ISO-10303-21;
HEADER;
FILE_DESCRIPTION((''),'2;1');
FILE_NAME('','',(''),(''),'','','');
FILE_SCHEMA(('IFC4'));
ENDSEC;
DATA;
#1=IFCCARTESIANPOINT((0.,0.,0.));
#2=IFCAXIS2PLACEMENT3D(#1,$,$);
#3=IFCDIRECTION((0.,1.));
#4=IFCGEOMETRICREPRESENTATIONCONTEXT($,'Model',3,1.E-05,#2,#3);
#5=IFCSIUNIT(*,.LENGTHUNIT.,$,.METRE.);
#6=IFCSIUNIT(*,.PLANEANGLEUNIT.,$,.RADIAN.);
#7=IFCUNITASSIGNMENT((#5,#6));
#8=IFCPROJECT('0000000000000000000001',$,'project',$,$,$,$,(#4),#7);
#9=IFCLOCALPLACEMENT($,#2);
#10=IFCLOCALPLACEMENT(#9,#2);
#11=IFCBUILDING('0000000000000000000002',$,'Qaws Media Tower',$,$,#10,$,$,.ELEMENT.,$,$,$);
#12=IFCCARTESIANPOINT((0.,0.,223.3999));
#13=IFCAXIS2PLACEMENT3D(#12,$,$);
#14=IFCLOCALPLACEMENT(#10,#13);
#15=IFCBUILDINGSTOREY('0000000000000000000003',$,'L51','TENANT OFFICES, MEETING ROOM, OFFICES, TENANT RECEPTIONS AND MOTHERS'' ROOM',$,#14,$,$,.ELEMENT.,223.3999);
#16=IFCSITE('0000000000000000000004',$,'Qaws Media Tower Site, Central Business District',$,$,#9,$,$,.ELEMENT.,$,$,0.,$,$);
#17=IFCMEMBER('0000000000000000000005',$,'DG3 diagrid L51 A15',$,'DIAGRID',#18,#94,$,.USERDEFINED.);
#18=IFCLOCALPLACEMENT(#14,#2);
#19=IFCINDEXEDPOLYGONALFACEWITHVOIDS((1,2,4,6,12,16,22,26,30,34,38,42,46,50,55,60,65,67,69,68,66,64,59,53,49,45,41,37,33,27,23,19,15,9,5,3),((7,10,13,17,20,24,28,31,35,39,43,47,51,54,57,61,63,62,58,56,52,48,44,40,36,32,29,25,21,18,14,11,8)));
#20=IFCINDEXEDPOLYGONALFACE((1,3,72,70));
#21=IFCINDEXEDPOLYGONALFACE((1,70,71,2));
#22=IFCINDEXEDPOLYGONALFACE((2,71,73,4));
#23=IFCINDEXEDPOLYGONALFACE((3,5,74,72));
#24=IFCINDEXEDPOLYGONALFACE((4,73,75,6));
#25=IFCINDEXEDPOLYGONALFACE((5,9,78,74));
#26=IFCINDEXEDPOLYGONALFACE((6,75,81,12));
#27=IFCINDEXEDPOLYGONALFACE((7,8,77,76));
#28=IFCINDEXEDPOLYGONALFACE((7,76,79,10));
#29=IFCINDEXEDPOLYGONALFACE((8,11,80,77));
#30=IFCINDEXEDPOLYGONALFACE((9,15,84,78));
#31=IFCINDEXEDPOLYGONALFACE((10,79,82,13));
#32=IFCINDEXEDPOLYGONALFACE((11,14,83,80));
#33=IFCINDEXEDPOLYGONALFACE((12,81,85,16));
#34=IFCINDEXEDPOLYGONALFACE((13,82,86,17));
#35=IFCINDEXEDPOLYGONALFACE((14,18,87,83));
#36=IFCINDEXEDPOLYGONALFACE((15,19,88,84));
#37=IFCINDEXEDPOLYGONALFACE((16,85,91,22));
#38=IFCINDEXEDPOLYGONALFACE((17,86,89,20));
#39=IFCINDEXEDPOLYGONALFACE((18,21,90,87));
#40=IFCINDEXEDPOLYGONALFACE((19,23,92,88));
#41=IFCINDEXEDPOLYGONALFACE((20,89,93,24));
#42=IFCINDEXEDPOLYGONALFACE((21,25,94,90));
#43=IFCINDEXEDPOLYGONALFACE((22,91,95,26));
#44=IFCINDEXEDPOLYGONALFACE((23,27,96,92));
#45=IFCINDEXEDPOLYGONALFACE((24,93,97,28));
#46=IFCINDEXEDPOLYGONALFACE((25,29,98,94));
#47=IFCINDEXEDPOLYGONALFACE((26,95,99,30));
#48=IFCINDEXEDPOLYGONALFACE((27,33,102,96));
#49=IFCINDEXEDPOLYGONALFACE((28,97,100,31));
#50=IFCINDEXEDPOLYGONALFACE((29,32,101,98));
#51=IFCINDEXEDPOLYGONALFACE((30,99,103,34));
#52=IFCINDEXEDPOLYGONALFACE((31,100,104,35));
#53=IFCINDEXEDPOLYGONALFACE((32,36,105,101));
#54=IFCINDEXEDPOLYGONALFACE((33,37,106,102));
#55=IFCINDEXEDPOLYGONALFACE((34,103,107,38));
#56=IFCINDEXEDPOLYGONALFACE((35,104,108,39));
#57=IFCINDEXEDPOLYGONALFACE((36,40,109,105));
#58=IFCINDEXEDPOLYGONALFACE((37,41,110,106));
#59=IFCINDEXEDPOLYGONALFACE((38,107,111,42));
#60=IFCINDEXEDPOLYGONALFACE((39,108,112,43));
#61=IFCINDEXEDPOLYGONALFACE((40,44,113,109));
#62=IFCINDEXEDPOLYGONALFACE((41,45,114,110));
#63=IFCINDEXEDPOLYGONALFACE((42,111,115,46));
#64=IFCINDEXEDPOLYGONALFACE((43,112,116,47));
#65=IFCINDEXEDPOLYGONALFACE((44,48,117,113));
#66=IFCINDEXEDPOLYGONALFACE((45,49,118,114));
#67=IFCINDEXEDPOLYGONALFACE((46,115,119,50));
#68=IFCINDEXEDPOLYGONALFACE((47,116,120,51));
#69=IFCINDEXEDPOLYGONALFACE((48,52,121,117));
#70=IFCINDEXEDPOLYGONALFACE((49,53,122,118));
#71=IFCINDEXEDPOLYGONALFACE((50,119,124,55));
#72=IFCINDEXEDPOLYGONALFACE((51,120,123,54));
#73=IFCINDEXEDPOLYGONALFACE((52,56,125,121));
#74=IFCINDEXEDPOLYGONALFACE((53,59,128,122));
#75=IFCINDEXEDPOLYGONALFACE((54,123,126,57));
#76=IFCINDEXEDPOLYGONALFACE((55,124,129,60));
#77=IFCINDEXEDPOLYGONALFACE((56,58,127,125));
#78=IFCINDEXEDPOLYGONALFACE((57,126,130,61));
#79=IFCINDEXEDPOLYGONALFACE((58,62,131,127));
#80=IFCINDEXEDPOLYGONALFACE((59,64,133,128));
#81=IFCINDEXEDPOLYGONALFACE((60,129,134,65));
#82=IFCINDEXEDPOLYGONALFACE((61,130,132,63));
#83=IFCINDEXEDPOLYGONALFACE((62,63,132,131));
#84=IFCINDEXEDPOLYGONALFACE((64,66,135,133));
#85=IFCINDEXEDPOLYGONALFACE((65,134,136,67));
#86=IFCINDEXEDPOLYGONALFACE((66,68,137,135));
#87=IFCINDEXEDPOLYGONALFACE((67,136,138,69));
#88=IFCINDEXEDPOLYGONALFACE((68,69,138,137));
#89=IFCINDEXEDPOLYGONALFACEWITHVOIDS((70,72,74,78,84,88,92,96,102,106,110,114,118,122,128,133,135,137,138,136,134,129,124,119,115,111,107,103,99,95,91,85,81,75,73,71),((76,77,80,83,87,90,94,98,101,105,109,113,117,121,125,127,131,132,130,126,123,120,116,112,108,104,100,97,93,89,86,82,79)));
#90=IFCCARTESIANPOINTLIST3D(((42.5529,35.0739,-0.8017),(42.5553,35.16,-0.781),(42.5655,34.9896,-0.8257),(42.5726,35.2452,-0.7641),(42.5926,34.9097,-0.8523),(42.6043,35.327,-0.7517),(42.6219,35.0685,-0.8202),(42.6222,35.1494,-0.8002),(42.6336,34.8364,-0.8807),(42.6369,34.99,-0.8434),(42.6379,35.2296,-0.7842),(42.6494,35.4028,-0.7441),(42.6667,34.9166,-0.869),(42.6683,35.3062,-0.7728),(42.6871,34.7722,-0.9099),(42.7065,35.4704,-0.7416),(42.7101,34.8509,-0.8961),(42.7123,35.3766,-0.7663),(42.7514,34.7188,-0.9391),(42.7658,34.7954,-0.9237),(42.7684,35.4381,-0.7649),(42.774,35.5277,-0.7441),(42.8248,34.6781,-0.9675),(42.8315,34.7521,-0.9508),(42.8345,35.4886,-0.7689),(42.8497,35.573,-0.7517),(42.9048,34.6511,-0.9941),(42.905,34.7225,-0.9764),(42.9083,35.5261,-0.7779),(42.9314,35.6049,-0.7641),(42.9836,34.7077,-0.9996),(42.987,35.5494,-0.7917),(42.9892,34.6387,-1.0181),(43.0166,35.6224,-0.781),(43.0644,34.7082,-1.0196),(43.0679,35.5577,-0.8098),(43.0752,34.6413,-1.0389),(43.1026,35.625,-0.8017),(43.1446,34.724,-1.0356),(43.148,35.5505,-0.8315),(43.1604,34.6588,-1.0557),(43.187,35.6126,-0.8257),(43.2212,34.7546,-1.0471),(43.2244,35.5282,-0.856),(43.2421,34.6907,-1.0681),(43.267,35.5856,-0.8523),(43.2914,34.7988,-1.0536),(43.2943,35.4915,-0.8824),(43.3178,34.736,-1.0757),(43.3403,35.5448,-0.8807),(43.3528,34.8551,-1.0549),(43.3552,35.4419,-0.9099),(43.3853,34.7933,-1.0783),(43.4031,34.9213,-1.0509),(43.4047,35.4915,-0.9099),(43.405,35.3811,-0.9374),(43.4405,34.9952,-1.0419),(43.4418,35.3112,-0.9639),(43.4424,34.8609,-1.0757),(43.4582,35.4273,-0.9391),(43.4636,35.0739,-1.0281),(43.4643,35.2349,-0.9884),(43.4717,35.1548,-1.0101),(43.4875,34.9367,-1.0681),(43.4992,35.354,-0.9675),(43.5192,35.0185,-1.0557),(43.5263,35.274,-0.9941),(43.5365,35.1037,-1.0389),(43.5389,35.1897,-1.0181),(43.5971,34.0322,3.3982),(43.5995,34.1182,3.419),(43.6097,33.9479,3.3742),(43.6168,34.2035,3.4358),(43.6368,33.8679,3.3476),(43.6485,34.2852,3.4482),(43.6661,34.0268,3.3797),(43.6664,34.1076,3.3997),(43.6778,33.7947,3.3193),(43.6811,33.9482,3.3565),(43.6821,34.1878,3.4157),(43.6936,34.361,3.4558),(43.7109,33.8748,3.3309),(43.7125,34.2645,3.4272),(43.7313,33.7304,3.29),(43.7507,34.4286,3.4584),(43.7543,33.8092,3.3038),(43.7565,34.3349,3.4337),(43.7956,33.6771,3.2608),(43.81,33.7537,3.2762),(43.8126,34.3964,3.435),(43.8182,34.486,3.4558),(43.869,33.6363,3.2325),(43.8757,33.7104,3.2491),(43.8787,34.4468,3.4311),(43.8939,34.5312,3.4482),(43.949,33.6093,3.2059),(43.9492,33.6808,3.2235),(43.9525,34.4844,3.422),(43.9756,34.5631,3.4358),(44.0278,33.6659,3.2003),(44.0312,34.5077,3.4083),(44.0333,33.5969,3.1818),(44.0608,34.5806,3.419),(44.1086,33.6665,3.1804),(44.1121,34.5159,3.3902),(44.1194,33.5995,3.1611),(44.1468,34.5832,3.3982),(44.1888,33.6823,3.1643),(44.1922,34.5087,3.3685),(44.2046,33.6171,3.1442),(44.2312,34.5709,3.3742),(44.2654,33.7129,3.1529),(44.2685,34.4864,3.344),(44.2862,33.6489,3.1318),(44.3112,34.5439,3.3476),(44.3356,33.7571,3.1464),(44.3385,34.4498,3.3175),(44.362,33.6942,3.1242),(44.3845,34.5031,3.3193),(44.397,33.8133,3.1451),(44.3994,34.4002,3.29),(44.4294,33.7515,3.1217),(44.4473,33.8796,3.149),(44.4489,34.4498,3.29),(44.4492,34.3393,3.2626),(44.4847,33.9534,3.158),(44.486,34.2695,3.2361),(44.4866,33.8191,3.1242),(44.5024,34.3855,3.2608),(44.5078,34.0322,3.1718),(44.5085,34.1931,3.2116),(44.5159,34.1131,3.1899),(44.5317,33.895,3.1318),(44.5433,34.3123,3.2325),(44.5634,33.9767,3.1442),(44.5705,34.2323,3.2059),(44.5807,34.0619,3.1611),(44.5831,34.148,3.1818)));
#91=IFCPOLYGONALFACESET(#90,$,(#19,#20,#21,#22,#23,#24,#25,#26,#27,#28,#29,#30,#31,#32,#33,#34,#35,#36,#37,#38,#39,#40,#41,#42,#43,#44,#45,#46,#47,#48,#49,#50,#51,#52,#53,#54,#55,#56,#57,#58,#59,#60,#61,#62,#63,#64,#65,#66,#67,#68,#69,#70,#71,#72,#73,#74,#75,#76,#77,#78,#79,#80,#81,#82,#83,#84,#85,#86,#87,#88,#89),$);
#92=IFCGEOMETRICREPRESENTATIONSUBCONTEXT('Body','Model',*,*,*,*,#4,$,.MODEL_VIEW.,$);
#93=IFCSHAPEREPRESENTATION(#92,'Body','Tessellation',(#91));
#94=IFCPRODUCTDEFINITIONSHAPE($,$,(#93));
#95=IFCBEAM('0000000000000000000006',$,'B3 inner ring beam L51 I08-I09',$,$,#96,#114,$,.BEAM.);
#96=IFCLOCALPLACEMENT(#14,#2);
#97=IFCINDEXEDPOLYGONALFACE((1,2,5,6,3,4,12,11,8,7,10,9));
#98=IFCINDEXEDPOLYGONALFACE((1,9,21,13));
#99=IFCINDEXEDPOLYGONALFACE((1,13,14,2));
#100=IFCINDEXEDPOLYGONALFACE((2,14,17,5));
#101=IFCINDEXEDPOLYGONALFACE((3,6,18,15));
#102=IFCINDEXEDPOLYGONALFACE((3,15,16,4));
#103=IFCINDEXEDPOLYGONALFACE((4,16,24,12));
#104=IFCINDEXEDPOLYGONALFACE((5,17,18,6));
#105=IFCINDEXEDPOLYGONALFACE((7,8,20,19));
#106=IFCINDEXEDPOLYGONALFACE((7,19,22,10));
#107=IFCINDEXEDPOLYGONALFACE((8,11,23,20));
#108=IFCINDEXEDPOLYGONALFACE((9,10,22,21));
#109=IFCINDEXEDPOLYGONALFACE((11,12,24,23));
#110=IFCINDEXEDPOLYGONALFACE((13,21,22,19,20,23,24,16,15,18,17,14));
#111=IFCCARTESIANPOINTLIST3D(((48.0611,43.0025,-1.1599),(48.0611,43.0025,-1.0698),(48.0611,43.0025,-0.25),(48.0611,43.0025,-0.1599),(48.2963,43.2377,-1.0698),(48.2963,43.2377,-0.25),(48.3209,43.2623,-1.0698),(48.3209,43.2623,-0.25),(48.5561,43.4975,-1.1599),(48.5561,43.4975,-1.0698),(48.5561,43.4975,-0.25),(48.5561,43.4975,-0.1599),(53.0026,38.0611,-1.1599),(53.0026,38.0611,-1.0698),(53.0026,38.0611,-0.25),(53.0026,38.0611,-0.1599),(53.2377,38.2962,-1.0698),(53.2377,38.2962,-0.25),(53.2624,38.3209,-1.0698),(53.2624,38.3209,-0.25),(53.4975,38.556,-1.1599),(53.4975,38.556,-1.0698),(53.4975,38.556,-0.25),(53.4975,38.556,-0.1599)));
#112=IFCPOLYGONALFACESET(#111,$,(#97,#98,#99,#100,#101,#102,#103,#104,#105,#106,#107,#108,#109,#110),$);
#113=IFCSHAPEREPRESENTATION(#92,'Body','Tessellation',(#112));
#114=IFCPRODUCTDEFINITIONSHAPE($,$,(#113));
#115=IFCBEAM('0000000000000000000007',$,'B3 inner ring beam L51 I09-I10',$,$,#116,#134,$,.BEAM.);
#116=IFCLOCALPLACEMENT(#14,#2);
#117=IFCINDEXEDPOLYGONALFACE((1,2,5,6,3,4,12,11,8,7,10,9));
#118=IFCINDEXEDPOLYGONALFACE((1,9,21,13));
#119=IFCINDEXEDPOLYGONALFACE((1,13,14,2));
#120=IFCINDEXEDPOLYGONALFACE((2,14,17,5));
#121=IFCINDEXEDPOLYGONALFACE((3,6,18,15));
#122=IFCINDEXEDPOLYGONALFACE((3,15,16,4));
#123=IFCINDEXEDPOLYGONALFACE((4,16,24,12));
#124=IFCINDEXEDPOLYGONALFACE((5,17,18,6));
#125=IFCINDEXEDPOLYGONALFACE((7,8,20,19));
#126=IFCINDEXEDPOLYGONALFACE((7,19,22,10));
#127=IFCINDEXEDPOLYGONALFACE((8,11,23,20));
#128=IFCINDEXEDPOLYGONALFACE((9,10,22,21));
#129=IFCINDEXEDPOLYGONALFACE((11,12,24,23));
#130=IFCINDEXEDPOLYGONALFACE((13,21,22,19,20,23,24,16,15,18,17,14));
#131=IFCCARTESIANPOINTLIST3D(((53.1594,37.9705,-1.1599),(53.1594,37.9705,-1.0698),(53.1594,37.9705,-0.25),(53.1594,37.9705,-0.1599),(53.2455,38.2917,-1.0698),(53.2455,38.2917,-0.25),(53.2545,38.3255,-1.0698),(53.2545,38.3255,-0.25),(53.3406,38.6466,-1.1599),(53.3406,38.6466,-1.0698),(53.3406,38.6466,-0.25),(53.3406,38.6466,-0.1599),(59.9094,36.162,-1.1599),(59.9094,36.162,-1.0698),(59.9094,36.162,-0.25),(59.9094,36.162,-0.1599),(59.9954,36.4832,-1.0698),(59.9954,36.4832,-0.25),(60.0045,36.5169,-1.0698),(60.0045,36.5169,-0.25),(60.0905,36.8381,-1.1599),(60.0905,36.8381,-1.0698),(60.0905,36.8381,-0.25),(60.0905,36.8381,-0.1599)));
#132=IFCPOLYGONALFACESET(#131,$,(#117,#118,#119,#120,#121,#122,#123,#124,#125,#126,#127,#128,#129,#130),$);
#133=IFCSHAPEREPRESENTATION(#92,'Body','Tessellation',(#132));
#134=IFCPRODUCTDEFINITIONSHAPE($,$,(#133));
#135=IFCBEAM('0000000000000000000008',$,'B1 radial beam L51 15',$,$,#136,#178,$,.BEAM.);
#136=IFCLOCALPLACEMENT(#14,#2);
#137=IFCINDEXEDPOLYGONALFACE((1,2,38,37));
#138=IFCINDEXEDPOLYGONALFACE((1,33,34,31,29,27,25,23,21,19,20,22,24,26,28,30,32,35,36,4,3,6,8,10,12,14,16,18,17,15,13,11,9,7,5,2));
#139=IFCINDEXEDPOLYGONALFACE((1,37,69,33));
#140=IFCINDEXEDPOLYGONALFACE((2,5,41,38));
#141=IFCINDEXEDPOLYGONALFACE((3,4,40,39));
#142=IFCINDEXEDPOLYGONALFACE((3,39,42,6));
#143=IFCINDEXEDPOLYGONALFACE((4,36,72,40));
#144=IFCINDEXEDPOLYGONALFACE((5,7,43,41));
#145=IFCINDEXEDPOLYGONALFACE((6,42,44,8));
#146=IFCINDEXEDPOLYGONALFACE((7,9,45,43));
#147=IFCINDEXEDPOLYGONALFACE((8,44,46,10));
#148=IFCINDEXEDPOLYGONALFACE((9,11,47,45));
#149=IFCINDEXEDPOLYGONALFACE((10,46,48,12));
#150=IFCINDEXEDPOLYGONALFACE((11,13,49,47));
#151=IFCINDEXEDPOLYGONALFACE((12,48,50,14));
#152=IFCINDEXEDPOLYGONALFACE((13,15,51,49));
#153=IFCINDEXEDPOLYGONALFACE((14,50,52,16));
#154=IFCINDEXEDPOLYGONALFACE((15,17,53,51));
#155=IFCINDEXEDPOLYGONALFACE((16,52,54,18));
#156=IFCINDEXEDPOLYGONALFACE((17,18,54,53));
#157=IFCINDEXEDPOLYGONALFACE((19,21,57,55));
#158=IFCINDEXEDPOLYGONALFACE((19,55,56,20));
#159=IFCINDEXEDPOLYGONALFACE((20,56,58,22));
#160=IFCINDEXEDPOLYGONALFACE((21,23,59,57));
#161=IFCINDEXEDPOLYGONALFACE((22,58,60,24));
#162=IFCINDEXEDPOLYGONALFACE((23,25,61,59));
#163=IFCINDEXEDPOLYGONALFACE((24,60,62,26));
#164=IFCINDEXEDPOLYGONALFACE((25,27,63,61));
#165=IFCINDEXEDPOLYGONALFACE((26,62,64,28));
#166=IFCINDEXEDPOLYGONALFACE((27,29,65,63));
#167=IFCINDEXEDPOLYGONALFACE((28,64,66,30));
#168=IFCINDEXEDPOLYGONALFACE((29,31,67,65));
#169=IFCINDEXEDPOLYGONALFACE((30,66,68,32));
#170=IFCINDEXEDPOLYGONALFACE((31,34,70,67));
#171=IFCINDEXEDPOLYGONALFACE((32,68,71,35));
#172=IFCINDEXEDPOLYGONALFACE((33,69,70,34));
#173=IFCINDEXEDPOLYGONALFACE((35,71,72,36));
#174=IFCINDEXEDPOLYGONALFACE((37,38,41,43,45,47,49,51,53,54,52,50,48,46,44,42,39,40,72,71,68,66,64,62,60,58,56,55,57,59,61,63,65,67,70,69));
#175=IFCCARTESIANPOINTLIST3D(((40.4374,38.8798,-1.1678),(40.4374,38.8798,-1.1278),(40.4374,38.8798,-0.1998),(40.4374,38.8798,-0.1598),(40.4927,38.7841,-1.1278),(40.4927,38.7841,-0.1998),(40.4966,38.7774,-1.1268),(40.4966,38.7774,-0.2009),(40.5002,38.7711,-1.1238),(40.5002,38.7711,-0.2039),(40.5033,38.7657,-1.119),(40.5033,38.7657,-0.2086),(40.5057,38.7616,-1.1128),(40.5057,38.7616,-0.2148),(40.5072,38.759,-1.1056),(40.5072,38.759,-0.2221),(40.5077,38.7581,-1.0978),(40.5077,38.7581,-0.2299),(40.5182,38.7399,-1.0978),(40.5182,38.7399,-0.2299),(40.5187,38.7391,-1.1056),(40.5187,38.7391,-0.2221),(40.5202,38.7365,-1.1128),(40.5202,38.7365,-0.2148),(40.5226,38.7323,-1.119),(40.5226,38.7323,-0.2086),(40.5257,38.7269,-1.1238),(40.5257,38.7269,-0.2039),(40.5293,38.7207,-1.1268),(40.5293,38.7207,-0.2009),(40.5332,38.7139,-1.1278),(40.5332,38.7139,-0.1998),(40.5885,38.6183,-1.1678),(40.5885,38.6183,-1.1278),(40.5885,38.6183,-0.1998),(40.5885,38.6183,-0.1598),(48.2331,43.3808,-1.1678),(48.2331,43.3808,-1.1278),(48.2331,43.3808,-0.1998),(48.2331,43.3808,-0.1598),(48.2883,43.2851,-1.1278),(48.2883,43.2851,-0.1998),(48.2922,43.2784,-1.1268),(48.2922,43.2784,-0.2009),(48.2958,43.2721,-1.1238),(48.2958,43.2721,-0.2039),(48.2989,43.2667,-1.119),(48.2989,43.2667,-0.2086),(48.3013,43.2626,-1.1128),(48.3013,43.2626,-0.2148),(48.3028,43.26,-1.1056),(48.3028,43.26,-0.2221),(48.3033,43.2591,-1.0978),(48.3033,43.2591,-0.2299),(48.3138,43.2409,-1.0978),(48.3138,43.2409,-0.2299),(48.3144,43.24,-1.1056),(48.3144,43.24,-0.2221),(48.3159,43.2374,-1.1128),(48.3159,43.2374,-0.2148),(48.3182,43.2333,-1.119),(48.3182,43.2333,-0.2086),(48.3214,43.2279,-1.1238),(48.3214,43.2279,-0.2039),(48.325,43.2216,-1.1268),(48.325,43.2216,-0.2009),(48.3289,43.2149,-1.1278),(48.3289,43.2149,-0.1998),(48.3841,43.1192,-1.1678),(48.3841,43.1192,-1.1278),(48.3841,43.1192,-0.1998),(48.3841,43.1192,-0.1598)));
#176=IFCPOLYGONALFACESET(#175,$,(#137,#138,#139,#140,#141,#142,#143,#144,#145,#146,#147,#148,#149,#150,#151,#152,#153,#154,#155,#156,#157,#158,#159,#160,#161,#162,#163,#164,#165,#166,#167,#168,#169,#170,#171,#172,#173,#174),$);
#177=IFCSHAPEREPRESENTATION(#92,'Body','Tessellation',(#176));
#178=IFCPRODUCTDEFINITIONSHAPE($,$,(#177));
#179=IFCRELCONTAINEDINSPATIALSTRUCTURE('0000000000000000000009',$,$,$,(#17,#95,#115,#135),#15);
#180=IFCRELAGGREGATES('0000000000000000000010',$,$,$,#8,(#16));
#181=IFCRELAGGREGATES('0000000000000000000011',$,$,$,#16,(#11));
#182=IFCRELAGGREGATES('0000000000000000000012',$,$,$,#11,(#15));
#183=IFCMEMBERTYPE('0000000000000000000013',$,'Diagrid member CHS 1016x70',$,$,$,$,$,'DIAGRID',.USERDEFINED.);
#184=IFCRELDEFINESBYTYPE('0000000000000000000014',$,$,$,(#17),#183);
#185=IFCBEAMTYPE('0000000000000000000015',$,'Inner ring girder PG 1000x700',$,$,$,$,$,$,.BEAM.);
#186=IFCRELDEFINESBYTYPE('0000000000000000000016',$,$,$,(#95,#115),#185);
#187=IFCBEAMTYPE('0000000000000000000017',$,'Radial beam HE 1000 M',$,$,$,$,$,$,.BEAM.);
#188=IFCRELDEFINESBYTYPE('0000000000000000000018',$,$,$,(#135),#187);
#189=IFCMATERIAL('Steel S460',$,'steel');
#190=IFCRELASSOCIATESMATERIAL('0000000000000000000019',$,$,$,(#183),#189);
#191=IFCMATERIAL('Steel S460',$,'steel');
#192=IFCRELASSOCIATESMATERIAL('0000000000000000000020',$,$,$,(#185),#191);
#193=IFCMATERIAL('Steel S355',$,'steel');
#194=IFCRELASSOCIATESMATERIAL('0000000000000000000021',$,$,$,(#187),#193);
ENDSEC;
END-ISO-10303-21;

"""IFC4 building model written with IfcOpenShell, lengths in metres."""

from ifc_helpers import new_model, si_unit, direction, frame, origin, origin_2d, place, context, subcontext, project, spatial, hollow_circle, i_section, extrude, material, material_profile, profile_set, type_object, element, save


model = new_model("IFC4")

# Units and contexts
model_context = context("Model", 3, precision=1e-05, world=origin(), true_north=direction((0.0, 1.0)))
body_context = subcontext(model_context, "Body", "Model", "MODEL_VIEW")
ifc_project = project(units=[si_unit("LENGTHUNIT", "METRE"), si_unit("PLANEANGLEUNIT", "RADIAN")], contexts=[model_context])

# Site, building, storey
site_placement = place(None, origin())
site = spatial("IfcSite", under=ifc_project, at=site_placement, Name="Qaws Media Tower Site, Central Business District", CompositionType="ELEMENT", RefElevation=0.0)
building_placement = place(site_placement, origin())
building = spatial("IfcBuilding", under=site, at=building_placement, Name="Qaws Media Tower", CompositionType="ELEMENT")
storey_placement = place(building_placement, frame((0.0, 0.0, 223.3999)))
storey = spatial("IfcBuildingStorey", under=building, at=storey_placement, Name="L51", Description="TENANT OFFICES, MEETING ROOM, OFFICES, TENANT RECEPTIONS AND MOTHERS' ROOM", CompositionType="ELEMENT", Elevation=223.3999)

# Member
ifc_material_1 = material(Name="Steel S460", Category="steel")
ifc_material_profile_1 = material_profile(ifc_material_1, hollow_circle(Radius=0.5081, WallThickness=0.0701, at=origin_2d()), Name="CHS 1016x70")
ifc_profile_set_1 = profile_set([ifc_material_profile_1], Name="Steel S460")
member_type_1 = type_object("IfcMemberType", Name="Diagrid member CHS 1016x70", ElementType="DIAGRID", PredefinedType="USERDEFINED", material=ifc_profile_set_1)
member_1_placement = place(storey_placement, frame((43.0459, 35.1318, -0.9099), z_axis=(0.234574, -0.234026, 0.943508), x_axis=(0.706279, 0.707934, 0.0)))
element("IfcMember", 1, at=member_1_placement, inside=storey, type_object=member_type_1, Name="DG3 diagrid L51 A15", ObjectType="DIAGRID", PredefinedType="USERDEFINED", context=body_context, shape_type="SweptSolid", body=[
    extrude(hollow_circle(Radius=0.5081, WallThickness=0.0701, at=origin_2d()), origin(), (0.0, 0.0, 1.0), 4.4514),
])

# Beams
ifc_material_2 = material(Name="Steel S460", Category="steel")
ifc_material_profile_2 = material_profile(ifc_material_2, i_section(OverallWidth=0.7, OverallDepth=1.0, WebThickness=0.0349, FlangeThickness=0.0901, at=origin_2d()), Name="PG 1000x700")
ifc_profile_set_2 = profile_set([ifc_material_profile_2], Name="Steel S460")
beam_type_1 = type_object("IfcBeamType", Name="Inner ring girder PG 1000x700", PredefinedType="BEAM", material=ifc_profile_set_2)
beam_1_placement = place(storey_placement, frame((48.3086, 43.25, -0.6599), z_axis=(0.707107, -0.707107, 0.0), x_axis=(0.707107, 0.707107, 0.0)))
element("IfcBeam", 2, at=beam_1_placement, inside=storey, type_object=beam_type_1, Name="B3 inner ring beam L51 I08-I09", PredefinedType="BEAM", context=body_context, shape_type="SweptSolid", body=[
    extrude(i_section(OverallWidth=0.7, OverallDepth=1.0, WebThickness=0.0349, FlangeThickness=0.0901, at=origin_2d()), origin(), (0.0, 0.0, 1.0), 6.9883),
])
beam_2_placement = place(storey_placement, frame((53.25, 38.3086, -0.6599), z_axis=(0.965928, -0.258811, 0.0), x_axis=(0.258811, 0.965928, 0.0)))
element("IfcBeam", 3, at=beam_2_placement, inside=storey, type_object=beam_type_1, Name="B3 inner ring beam L51 I09-I10", PredefinedType="BEAM", context=body_context, shape_type="SweptSolid", body=[
    extrude(i_section(OverallWidth=0.7, OverallDepth=1.0, WebThickness=0.0349, FlangeThickness=0.0901, at=origin_2d()), origin(), (0.0, 0.0, 1.0), 6.988),
])
ifc_material_3 = material(Name="Steel S355", Category="steel")
ifc_material_profile_3 = material_profile(ifc_material_3, i_section(OverallWidth=0.302, OverallDepth=1.0081, WebThickness=0.021, FlangeThickness=0.04, FilletRadius=0.03, at=origin_2d()), Name="HE 1000 M")
ifc_profile_set_3 = profile_set([ifc_material_profile_3], Name="Steel S355")
beam_type_2 = type_object("IfcBeamType", Name="Radial beam HE 1000 M", PredefinedType="BEAM", material=ifc_profile_set_3)
beam_3_placement = place(storey_placement, frame((48.3086, 43.25, -0.6638), z_axis=(-0.866018, -0.500013, 0.0), x_axis=(0.500013, -0.866018, 0.0)))
element("IfcBeam", 4, at=beam_3_placement, inside=storey, type_object=beam_type_2, Name="B1 radial beam L51 15", PredefinedType="BEAM", context=body_context, shape_type="SweptSolid", body=[
    extrude(i_section(OverallWidth=0.302, OverallDepth=1.0081, WebThickness=0.021, FlangeThickness=0.04, FilletRadius=0.03, at=origin_2d()), origin(), (0.0, 0.0, 1.0), 9.0017),
])

save(model, "model.ifc")
